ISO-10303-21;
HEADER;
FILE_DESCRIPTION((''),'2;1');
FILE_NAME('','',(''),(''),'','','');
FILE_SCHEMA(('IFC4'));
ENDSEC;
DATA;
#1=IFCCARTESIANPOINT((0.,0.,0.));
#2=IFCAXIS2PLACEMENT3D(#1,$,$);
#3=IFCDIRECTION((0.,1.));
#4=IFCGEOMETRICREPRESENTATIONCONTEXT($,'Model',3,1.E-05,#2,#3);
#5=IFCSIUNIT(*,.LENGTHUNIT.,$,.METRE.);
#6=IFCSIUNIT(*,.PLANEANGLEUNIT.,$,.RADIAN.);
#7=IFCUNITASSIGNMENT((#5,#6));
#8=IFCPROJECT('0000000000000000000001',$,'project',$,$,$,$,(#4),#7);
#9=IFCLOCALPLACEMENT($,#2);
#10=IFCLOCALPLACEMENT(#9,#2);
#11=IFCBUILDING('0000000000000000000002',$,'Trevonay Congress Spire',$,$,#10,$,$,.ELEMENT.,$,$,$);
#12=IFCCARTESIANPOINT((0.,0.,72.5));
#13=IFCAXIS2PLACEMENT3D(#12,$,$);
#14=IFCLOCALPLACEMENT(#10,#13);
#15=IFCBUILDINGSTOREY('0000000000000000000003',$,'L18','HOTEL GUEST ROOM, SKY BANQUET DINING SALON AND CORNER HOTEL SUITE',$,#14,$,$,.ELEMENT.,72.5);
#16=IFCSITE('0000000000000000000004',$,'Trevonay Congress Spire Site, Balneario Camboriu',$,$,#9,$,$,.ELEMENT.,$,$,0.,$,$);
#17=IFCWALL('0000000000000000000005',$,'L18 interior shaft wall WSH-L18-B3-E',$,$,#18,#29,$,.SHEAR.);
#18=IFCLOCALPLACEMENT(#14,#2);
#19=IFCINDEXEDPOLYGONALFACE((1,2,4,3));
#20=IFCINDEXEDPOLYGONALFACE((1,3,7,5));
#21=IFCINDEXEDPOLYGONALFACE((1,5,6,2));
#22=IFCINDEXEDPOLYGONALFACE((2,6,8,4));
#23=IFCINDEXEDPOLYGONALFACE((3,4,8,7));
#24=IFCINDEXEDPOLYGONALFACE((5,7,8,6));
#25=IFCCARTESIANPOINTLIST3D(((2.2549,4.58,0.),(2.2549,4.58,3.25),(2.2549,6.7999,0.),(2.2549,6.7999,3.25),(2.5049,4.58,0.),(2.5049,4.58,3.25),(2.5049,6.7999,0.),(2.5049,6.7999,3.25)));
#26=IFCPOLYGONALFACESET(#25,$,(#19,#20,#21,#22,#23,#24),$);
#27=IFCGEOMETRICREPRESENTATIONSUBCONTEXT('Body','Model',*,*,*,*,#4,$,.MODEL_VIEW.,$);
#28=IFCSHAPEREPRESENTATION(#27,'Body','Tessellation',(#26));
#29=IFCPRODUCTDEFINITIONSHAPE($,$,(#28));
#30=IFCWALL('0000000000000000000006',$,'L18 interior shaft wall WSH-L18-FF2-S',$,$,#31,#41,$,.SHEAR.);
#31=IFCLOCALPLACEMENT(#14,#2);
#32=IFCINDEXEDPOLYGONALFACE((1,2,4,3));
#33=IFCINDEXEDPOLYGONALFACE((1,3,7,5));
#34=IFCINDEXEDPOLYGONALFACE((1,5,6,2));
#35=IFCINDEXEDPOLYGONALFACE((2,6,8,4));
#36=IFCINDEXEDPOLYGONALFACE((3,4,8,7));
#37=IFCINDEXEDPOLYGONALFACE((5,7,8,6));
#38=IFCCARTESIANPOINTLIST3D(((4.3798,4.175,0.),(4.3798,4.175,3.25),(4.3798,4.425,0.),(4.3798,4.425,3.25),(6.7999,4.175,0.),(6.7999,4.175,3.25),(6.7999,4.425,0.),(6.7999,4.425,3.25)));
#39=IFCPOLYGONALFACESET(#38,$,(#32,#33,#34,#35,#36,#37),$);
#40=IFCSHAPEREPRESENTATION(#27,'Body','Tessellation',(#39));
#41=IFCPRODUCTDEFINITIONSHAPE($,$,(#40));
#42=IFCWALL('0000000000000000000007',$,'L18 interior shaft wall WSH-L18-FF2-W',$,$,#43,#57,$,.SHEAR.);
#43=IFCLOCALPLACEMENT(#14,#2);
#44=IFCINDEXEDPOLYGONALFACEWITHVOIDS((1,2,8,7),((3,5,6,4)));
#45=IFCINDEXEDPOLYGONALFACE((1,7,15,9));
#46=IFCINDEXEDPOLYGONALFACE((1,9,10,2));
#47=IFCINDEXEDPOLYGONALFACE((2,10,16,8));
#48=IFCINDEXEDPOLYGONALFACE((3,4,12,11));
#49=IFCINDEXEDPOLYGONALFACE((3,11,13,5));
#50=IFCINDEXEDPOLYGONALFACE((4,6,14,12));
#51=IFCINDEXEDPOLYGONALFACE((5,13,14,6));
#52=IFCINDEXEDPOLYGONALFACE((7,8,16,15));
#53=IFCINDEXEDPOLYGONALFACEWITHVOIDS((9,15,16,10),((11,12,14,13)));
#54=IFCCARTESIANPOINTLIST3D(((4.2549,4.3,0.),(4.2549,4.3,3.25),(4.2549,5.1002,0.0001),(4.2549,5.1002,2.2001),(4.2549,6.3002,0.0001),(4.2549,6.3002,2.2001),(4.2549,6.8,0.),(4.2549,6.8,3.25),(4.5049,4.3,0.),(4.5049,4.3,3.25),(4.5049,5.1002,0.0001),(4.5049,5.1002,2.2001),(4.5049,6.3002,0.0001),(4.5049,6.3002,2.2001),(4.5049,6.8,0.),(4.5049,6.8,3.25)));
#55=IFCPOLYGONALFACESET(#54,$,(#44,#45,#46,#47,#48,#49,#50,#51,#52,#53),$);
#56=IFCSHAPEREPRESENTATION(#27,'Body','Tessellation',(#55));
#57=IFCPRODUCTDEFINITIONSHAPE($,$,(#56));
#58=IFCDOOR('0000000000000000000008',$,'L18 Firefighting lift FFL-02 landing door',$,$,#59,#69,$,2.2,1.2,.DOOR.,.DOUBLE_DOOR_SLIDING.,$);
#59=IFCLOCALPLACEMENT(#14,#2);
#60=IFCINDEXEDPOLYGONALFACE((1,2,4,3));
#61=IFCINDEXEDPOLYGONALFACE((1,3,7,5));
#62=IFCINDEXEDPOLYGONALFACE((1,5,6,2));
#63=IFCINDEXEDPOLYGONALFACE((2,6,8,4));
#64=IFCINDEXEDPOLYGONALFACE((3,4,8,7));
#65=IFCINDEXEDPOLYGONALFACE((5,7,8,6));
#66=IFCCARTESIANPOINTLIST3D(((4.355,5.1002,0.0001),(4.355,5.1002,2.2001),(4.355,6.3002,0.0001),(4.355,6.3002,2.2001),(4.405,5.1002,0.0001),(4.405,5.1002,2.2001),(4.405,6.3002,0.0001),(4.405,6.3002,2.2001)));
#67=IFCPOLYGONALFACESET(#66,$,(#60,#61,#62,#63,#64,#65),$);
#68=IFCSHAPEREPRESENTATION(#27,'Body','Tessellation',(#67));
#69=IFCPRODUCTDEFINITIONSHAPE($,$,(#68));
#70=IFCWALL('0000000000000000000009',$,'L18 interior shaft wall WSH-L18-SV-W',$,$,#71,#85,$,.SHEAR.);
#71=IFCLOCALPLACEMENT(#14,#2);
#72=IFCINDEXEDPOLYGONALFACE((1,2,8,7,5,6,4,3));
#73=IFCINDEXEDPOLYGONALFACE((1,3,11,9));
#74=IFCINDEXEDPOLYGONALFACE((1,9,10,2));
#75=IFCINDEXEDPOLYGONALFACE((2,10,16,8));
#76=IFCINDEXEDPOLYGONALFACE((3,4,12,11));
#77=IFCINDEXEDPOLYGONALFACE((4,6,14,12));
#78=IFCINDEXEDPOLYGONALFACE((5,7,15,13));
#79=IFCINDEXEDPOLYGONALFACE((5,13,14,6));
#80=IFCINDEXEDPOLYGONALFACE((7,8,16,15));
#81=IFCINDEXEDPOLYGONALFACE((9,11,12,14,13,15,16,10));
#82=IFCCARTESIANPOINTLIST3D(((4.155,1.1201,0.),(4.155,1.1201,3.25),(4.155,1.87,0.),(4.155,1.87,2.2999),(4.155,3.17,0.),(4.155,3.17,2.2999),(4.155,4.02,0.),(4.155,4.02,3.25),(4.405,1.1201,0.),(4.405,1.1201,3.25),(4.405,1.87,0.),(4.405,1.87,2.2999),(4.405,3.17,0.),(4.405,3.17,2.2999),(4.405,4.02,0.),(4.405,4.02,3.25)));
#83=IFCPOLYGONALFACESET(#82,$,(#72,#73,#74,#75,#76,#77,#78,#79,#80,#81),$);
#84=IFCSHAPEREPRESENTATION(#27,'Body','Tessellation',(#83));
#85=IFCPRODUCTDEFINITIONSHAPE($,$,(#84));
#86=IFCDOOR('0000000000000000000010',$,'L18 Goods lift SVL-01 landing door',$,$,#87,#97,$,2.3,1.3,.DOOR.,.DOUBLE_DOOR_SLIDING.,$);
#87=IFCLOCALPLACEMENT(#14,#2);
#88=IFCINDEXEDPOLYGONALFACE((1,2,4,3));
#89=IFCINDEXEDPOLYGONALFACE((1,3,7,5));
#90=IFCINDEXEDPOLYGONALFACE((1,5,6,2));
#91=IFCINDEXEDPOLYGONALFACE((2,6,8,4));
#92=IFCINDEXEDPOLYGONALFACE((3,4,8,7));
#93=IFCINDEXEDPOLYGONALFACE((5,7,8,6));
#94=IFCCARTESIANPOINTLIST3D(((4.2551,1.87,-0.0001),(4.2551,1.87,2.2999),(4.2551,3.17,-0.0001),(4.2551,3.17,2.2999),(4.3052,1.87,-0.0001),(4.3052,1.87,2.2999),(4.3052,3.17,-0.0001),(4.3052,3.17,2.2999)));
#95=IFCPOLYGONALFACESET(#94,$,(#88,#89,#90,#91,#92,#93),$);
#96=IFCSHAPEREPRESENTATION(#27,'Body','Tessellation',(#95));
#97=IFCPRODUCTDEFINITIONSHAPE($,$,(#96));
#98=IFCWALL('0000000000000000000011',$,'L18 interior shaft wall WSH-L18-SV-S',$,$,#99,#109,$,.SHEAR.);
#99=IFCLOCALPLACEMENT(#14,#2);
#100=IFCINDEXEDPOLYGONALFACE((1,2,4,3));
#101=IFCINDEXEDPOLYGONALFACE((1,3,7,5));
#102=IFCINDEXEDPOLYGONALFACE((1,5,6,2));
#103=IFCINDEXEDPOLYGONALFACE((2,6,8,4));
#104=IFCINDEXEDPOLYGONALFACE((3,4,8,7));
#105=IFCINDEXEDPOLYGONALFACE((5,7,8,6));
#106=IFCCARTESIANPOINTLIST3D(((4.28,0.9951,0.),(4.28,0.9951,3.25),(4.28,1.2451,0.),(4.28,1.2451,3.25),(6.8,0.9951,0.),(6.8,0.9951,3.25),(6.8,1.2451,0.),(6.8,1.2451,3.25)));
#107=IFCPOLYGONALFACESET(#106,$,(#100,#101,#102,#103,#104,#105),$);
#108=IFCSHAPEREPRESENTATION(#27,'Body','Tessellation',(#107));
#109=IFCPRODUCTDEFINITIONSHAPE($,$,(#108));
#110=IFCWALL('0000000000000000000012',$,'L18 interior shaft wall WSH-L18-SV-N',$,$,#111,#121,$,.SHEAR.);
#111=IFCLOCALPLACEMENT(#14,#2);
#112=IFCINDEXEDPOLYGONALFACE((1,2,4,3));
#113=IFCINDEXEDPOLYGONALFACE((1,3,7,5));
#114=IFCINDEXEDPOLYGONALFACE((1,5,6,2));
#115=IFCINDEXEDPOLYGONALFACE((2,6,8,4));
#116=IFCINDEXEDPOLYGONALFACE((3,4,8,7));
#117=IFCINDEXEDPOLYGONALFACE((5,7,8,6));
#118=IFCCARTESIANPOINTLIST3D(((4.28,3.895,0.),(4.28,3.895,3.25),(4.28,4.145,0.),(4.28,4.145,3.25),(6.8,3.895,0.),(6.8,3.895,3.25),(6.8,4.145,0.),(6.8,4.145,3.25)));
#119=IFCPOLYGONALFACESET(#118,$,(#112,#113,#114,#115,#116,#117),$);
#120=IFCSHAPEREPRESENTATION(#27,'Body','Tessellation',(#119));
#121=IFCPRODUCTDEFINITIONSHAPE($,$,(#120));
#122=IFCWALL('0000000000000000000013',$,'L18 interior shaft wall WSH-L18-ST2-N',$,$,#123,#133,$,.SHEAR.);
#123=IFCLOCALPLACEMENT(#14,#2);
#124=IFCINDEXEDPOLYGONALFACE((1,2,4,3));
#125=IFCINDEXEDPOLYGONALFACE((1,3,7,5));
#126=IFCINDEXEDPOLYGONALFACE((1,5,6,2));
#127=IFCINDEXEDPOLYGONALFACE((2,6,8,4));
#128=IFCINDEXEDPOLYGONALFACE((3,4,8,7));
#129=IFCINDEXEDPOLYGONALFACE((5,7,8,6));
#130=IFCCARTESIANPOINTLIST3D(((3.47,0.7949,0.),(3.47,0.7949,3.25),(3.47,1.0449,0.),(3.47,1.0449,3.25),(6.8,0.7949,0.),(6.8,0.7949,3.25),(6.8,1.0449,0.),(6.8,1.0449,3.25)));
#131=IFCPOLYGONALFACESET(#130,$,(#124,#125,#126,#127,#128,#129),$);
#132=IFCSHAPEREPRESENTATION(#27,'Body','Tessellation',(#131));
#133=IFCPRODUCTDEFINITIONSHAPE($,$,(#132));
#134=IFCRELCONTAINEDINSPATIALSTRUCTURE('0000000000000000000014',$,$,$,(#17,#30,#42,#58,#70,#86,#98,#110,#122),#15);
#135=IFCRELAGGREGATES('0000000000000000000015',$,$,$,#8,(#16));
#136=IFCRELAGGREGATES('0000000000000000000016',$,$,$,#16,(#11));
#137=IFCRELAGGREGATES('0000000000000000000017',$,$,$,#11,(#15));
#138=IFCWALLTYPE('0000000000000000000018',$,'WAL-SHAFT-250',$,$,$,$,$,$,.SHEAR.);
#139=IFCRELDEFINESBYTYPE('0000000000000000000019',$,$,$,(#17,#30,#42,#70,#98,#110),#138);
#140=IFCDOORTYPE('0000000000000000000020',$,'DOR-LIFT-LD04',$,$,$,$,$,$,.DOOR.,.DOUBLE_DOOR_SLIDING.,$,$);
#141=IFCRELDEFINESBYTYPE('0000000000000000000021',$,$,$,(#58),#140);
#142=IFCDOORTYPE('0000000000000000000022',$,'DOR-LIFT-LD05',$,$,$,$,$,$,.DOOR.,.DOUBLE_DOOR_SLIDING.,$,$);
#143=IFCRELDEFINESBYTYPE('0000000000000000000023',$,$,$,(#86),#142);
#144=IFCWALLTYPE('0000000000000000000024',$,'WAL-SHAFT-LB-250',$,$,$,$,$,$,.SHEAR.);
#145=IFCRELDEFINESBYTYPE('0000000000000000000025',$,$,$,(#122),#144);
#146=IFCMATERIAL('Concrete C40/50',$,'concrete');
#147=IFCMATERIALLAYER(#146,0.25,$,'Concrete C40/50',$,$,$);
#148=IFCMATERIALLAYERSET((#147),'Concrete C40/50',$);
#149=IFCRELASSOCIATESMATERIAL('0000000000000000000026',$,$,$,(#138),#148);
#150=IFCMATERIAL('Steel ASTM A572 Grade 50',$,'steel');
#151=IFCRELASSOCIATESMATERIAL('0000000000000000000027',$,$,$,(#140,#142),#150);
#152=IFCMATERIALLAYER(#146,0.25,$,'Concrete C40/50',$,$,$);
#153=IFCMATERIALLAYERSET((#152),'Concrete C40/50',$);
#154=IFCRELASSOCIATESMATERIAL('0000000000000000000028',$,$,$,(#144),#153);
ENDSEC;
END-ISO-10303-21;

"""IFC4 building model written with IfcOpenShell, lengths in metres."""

from ifc_helpers import new_model, si_unit, direction, frame, frame_2d, origin, place, context, subcontext, project, spatial, rectangle, extrude, material, layer, layer_set, type_object, element, fill, save


model = new_model("IFC4")

# Units and contexts
model_context = context("Model", 3, precision=1e-05, world=origin(), true_north=direction((0.0, 1.0)))
body_context = subcontext(model_context, "Body", "Model", "MODEL_VIEW")
ifc_project = project(units=[si_unit("LENGTHUNIT", "METRE"), si_unit("PLANEANGLEUNIT", "RADIAN")], contexts=[model_context])

# Site, building, storey
site_placement = place(None, origin())
site = spatial("IfcSite", under=ifc_project, at=site_placement, Name="Trevonay Congress Spire Site, Balneario Camboriu", CompositionType="ELEMENT", RefElevation=0.0)
building_placement = place(site_placement, origin())
building = spatial("IfcBuilding", under=site, at=building_placement, Name="Trevonay Congress Spire", CompositionType="ELEMENT")
storey_placement = place(building_placement, frame((0.0, 0.0, 72.5)))
storey = spatial("IfcBuildingStorey", under=building, at=storey_placement, Name="L18", Description="HOTEL GUEST ROOM, SKY BANQUET DINING SALON AND CORNER HOTEL SUITE", CompositionType="ELEMENT", Elevation=72.5)

# Shared definitions
ifc_material_1 = material(Name="Steel ASTM A572 Grade 50", Category="steel")

# Shared definitions
ifc_material_2 = material(Name="Concrete C40/50", Category="concrete")

# Walls
ifc_layer_1 = layer(ifc_material_2, 0.25, Name="Concrete C40/50")
ifc_layer_set_1 = layer_set([ifc_layer_1], Name="Concrete C40/50")
wall_type_1 = type_object("IfcWallType", Name="WAL-SHAFT-250", PredefinedType="SHEAR", material=ifc_layer_set_1)
wall_1_placement = place(storey_placement, frame((2.3799, 4.5801, 0.0), z_axis=(0.0, 0.0, 1.0), x_axis=(0.0, 1.0, 0.0)))
element("IfcWall", 1, at=wall_1_placement, inside=storey, type_object=wall_type_1, Name="L18 interior shaft wall WSH-L18-B3-E", PredefinedType="SHEAR", context=body_context, shape_type="SweptSolid", body=[
    extrude(rectangle(XDim=2.22, YDim=0.25, at=frame_2d((1.1099, 0.0))), origin(), (0.0, 0.0, 1.0), 3.25),
])
wall_2_placement = place(storey_placement, frame((4.3799, 4.3, 0.0), z_axis=(0.0, 0.0, 1.0), x_axis=(1.0, 0.0, 0.0)))
element("IfcWall", 2, at=wall_2_placement, inside=storey, type_object=wall_type_1, Name="L18 interior shaft wall WSH-L18-FF2-S", PredefinedType="SHEAR", context=body_context, shape_type="SweptSolid", body=[
    extrude(rectangle(XDim=2.4202, YDim=0.25, at=frame_2d((1.21, 0.0))), origin(), (0.0, 0.0, 1.0), 3.25),
])

# Walls, openings, doors
wall_3_placement = place(storey_placement, frame((4.3799, 4.3, 0.0), z_axis=(0.0, 0.0, 1.0), x_axis=(0.0, 1.0, 0.0)))
wall_3 = element("IfcWall", 3, at=wall_3_placement, inside=storey, type_object=wall_type_1, Name="L18 interior shaft wall WSH-L18-FF2-W", PredefinedType="SHEAR", context=body_context, shape_type="SweptSolid", body=[
    extrude(rectangle(XDim=2.5, YDim=0.25, at=frame_2d((1.25, 0.0))), origin(), (0.0, 0.0, 1.0), 3.25),
])
opening_1_placement = place(wall_3_placement, frame((0.8, 0.0, 0.0)))
opening_1 = element("IfcOpeningElement", 4, at=opening_1_placement, cuts=wall_3, PredefinedType="OPENING", context=body_context, shape_type="SweptSolid", body=[
    extrude(rectangle(XDim=1.2, YDim=2.2, at=frame_2d((0.6001, 1.1001))), frame((0.0, 0.135, 0.0), z_axis=(0.0, -1.0, 0.0), x_axis=(1.0, 0.0, 0.0)), (0.0, 0.0, 1.0), 0.27),
])
door_type_1 = type_object("IfcDoorType", Name="DOR-LIFT-LD04", OperationType="DOUBLE_DOOR_SLIDING", PredefinedType="DOOR", material=ifc_material_1)
door_1_placement = place(opening_1_placement, origin())
door_1 = element("IfcDoor", 5, at=door_1_placement, inside=storey, type_object=door_type_1, Name="L18 Firefighting lift FFL-02 landing door", OperationType="DOUBLE_DOOR_SLIDING", OverallHeight=2.2, OverallWidth=1.2, PredefinedType="DOOR", context=body_context, shape_type="SweptSolid", body=[
    extrude(rectangle(XDim=1.2, YDim=2.2, at=frame_2d((0.6001, 1.1001))), frame((0.0, 0.0249, 0.0), z_axis=(0.0, -1.0, 0.0), x_axis=(1.0, 0.0, 0.0)), (0.0, 0.0, 1.0), 0.05),
])
fill(opening_1, door_1)
wall_4_placement = place(storey_placement, frame((4.28, 1.1201, 0.0), z_axis=(0.0, 0.0, 1.0), x_axis=(0.0, 1.0, 0.0)))
wall_4 = element("IfcWall", 6, at=wall_4_placement, inside=storey, type_object=wall_type_1, Name="L18 interior shaft wall WSH-L18-SV-W", PredefinedType="SHEAR", context=body_context, shape_type="SweptSolid", body=[
    extrude(rectangle(XDim=2.8999, YDim=0.25, at=frame_2d((1.45, 0.0))), origin(), (0.0, 0.0, 1.0), 3.25),
])
opening_2_placement = place(wall_4_placement, frame((0.75, 0.0, 0.0)))
opening_2 = element("IfcOpeningElement", 7, at=opening_2_placement, cuts=wall_4, PredefinedType="OPENING", context=body_context, shape_type="SweptSolid", body=[
    extrude(rectangle(XDim=1.3, YDim=2.3, at=frame_2d((0.6499, 1.1499))), frame((0.0, 0.135, 0.0), z_axis=(0.0, -1.0, 0.0), x_axis=(1.0, 0.0, 0.0)), (0.0, 0.0, 1.0), 0.27),
])
door_type_2 = type_object("IfcDoorType", Name="DOR-LIFT-LD05", OperationType="DOUBLE_DOOR_SLIDING", PredefinedType="DOOR", material=ifc_material_1)
door_2_placement = place(opening_2_placement, origin())
door_2 = element("IfcDoor", 8, at=door_2_placement, inside=storey, type_object=door_type_2, Name="L18 Goods lift SVL-01 landing door", OperationType="DOUBLE_DOOR_SLIDING", OverallHeight=2.3, OverallWidth=1.3, PredefinedType="DOOR", context=body_context, shape_type="SweptSolid", body=[
    extrude(rectangle(XDim=1.3, YDim=2.3, at=frame_2d((0.6499, 1.1499))), frame((0.0, 0.0249, 0.0), z_axis=(0.0, -1.0, 0.0), x_axis=(1.0, 0.0, 0.0)), (0.0, 0.0, 1.0), 0.05),
])
fill(opening_2, door_2)

# Walls
for number, where, z_axis, x_axis, name in (
    (9, (4.28, 1.1201, 0.0), (0.0, 0.0, 1.0), (1.0, 0.0, 0.0), "L18 interior shaft wall WSH-L18-SV-S"),
    (10, (4.28, 4.02, 0.0), (0.0, 0.0, 1.0), (1.0, 0.0, 0.0), "L18 interior shaft wall WSH-L18-SV-N"),
):
    element("IfcWall", number, at=place(storey_placement, frame(where, z_axis=z_axis, x_axis=x_axis)), inside=storey, type_object=wall_type_1, Name=name, PredefinedType="SHEAR", context=body_context, shape_type="SweptSolid", body=[
        extrude(rectangle(XDim=2.52, YDim=0.25, at=frame_2d((1.26, 0.0))), origin(), (0.0, 0.0, 1.0), 3.25),
    ])
ifc_layer_2 = layer(ifc_material_2, 0.25, Name="Concrete C40/50")
ifc_layer_set_2 = layer_set([ifc_layer_2], Name="Concrete C40/50")
wall_type_2 = type_object("IfcWallType", Name="WAL-SHAFT-LB-250", PredefinedType="SHEAR", material=ifc_layer_set_2)
wall_5_placement = place(storey_placement, frame((3.47, 0.9199, 0.0), z_axis=(0.0, 0.0, 1.0), x_axis=(1.0, 0.0, 0.0)))
element("IfcWall", 11, at=wall_5_placement, inside=storey, type_object=wall_type_2, Name="L18 interior shaft wall WSH-L18-ST2-N", PredefinedType="SHEAR", context=body_context, shape_type="SweptSolid", body=[
    extrude(rectangle(XDim=3.3301, YDim=0.25, at=frame_2d((1.665, 0.0))), origin(), (0.0, 0.0, 1.0), 3.25),
])

save(model, "model.ifc")
